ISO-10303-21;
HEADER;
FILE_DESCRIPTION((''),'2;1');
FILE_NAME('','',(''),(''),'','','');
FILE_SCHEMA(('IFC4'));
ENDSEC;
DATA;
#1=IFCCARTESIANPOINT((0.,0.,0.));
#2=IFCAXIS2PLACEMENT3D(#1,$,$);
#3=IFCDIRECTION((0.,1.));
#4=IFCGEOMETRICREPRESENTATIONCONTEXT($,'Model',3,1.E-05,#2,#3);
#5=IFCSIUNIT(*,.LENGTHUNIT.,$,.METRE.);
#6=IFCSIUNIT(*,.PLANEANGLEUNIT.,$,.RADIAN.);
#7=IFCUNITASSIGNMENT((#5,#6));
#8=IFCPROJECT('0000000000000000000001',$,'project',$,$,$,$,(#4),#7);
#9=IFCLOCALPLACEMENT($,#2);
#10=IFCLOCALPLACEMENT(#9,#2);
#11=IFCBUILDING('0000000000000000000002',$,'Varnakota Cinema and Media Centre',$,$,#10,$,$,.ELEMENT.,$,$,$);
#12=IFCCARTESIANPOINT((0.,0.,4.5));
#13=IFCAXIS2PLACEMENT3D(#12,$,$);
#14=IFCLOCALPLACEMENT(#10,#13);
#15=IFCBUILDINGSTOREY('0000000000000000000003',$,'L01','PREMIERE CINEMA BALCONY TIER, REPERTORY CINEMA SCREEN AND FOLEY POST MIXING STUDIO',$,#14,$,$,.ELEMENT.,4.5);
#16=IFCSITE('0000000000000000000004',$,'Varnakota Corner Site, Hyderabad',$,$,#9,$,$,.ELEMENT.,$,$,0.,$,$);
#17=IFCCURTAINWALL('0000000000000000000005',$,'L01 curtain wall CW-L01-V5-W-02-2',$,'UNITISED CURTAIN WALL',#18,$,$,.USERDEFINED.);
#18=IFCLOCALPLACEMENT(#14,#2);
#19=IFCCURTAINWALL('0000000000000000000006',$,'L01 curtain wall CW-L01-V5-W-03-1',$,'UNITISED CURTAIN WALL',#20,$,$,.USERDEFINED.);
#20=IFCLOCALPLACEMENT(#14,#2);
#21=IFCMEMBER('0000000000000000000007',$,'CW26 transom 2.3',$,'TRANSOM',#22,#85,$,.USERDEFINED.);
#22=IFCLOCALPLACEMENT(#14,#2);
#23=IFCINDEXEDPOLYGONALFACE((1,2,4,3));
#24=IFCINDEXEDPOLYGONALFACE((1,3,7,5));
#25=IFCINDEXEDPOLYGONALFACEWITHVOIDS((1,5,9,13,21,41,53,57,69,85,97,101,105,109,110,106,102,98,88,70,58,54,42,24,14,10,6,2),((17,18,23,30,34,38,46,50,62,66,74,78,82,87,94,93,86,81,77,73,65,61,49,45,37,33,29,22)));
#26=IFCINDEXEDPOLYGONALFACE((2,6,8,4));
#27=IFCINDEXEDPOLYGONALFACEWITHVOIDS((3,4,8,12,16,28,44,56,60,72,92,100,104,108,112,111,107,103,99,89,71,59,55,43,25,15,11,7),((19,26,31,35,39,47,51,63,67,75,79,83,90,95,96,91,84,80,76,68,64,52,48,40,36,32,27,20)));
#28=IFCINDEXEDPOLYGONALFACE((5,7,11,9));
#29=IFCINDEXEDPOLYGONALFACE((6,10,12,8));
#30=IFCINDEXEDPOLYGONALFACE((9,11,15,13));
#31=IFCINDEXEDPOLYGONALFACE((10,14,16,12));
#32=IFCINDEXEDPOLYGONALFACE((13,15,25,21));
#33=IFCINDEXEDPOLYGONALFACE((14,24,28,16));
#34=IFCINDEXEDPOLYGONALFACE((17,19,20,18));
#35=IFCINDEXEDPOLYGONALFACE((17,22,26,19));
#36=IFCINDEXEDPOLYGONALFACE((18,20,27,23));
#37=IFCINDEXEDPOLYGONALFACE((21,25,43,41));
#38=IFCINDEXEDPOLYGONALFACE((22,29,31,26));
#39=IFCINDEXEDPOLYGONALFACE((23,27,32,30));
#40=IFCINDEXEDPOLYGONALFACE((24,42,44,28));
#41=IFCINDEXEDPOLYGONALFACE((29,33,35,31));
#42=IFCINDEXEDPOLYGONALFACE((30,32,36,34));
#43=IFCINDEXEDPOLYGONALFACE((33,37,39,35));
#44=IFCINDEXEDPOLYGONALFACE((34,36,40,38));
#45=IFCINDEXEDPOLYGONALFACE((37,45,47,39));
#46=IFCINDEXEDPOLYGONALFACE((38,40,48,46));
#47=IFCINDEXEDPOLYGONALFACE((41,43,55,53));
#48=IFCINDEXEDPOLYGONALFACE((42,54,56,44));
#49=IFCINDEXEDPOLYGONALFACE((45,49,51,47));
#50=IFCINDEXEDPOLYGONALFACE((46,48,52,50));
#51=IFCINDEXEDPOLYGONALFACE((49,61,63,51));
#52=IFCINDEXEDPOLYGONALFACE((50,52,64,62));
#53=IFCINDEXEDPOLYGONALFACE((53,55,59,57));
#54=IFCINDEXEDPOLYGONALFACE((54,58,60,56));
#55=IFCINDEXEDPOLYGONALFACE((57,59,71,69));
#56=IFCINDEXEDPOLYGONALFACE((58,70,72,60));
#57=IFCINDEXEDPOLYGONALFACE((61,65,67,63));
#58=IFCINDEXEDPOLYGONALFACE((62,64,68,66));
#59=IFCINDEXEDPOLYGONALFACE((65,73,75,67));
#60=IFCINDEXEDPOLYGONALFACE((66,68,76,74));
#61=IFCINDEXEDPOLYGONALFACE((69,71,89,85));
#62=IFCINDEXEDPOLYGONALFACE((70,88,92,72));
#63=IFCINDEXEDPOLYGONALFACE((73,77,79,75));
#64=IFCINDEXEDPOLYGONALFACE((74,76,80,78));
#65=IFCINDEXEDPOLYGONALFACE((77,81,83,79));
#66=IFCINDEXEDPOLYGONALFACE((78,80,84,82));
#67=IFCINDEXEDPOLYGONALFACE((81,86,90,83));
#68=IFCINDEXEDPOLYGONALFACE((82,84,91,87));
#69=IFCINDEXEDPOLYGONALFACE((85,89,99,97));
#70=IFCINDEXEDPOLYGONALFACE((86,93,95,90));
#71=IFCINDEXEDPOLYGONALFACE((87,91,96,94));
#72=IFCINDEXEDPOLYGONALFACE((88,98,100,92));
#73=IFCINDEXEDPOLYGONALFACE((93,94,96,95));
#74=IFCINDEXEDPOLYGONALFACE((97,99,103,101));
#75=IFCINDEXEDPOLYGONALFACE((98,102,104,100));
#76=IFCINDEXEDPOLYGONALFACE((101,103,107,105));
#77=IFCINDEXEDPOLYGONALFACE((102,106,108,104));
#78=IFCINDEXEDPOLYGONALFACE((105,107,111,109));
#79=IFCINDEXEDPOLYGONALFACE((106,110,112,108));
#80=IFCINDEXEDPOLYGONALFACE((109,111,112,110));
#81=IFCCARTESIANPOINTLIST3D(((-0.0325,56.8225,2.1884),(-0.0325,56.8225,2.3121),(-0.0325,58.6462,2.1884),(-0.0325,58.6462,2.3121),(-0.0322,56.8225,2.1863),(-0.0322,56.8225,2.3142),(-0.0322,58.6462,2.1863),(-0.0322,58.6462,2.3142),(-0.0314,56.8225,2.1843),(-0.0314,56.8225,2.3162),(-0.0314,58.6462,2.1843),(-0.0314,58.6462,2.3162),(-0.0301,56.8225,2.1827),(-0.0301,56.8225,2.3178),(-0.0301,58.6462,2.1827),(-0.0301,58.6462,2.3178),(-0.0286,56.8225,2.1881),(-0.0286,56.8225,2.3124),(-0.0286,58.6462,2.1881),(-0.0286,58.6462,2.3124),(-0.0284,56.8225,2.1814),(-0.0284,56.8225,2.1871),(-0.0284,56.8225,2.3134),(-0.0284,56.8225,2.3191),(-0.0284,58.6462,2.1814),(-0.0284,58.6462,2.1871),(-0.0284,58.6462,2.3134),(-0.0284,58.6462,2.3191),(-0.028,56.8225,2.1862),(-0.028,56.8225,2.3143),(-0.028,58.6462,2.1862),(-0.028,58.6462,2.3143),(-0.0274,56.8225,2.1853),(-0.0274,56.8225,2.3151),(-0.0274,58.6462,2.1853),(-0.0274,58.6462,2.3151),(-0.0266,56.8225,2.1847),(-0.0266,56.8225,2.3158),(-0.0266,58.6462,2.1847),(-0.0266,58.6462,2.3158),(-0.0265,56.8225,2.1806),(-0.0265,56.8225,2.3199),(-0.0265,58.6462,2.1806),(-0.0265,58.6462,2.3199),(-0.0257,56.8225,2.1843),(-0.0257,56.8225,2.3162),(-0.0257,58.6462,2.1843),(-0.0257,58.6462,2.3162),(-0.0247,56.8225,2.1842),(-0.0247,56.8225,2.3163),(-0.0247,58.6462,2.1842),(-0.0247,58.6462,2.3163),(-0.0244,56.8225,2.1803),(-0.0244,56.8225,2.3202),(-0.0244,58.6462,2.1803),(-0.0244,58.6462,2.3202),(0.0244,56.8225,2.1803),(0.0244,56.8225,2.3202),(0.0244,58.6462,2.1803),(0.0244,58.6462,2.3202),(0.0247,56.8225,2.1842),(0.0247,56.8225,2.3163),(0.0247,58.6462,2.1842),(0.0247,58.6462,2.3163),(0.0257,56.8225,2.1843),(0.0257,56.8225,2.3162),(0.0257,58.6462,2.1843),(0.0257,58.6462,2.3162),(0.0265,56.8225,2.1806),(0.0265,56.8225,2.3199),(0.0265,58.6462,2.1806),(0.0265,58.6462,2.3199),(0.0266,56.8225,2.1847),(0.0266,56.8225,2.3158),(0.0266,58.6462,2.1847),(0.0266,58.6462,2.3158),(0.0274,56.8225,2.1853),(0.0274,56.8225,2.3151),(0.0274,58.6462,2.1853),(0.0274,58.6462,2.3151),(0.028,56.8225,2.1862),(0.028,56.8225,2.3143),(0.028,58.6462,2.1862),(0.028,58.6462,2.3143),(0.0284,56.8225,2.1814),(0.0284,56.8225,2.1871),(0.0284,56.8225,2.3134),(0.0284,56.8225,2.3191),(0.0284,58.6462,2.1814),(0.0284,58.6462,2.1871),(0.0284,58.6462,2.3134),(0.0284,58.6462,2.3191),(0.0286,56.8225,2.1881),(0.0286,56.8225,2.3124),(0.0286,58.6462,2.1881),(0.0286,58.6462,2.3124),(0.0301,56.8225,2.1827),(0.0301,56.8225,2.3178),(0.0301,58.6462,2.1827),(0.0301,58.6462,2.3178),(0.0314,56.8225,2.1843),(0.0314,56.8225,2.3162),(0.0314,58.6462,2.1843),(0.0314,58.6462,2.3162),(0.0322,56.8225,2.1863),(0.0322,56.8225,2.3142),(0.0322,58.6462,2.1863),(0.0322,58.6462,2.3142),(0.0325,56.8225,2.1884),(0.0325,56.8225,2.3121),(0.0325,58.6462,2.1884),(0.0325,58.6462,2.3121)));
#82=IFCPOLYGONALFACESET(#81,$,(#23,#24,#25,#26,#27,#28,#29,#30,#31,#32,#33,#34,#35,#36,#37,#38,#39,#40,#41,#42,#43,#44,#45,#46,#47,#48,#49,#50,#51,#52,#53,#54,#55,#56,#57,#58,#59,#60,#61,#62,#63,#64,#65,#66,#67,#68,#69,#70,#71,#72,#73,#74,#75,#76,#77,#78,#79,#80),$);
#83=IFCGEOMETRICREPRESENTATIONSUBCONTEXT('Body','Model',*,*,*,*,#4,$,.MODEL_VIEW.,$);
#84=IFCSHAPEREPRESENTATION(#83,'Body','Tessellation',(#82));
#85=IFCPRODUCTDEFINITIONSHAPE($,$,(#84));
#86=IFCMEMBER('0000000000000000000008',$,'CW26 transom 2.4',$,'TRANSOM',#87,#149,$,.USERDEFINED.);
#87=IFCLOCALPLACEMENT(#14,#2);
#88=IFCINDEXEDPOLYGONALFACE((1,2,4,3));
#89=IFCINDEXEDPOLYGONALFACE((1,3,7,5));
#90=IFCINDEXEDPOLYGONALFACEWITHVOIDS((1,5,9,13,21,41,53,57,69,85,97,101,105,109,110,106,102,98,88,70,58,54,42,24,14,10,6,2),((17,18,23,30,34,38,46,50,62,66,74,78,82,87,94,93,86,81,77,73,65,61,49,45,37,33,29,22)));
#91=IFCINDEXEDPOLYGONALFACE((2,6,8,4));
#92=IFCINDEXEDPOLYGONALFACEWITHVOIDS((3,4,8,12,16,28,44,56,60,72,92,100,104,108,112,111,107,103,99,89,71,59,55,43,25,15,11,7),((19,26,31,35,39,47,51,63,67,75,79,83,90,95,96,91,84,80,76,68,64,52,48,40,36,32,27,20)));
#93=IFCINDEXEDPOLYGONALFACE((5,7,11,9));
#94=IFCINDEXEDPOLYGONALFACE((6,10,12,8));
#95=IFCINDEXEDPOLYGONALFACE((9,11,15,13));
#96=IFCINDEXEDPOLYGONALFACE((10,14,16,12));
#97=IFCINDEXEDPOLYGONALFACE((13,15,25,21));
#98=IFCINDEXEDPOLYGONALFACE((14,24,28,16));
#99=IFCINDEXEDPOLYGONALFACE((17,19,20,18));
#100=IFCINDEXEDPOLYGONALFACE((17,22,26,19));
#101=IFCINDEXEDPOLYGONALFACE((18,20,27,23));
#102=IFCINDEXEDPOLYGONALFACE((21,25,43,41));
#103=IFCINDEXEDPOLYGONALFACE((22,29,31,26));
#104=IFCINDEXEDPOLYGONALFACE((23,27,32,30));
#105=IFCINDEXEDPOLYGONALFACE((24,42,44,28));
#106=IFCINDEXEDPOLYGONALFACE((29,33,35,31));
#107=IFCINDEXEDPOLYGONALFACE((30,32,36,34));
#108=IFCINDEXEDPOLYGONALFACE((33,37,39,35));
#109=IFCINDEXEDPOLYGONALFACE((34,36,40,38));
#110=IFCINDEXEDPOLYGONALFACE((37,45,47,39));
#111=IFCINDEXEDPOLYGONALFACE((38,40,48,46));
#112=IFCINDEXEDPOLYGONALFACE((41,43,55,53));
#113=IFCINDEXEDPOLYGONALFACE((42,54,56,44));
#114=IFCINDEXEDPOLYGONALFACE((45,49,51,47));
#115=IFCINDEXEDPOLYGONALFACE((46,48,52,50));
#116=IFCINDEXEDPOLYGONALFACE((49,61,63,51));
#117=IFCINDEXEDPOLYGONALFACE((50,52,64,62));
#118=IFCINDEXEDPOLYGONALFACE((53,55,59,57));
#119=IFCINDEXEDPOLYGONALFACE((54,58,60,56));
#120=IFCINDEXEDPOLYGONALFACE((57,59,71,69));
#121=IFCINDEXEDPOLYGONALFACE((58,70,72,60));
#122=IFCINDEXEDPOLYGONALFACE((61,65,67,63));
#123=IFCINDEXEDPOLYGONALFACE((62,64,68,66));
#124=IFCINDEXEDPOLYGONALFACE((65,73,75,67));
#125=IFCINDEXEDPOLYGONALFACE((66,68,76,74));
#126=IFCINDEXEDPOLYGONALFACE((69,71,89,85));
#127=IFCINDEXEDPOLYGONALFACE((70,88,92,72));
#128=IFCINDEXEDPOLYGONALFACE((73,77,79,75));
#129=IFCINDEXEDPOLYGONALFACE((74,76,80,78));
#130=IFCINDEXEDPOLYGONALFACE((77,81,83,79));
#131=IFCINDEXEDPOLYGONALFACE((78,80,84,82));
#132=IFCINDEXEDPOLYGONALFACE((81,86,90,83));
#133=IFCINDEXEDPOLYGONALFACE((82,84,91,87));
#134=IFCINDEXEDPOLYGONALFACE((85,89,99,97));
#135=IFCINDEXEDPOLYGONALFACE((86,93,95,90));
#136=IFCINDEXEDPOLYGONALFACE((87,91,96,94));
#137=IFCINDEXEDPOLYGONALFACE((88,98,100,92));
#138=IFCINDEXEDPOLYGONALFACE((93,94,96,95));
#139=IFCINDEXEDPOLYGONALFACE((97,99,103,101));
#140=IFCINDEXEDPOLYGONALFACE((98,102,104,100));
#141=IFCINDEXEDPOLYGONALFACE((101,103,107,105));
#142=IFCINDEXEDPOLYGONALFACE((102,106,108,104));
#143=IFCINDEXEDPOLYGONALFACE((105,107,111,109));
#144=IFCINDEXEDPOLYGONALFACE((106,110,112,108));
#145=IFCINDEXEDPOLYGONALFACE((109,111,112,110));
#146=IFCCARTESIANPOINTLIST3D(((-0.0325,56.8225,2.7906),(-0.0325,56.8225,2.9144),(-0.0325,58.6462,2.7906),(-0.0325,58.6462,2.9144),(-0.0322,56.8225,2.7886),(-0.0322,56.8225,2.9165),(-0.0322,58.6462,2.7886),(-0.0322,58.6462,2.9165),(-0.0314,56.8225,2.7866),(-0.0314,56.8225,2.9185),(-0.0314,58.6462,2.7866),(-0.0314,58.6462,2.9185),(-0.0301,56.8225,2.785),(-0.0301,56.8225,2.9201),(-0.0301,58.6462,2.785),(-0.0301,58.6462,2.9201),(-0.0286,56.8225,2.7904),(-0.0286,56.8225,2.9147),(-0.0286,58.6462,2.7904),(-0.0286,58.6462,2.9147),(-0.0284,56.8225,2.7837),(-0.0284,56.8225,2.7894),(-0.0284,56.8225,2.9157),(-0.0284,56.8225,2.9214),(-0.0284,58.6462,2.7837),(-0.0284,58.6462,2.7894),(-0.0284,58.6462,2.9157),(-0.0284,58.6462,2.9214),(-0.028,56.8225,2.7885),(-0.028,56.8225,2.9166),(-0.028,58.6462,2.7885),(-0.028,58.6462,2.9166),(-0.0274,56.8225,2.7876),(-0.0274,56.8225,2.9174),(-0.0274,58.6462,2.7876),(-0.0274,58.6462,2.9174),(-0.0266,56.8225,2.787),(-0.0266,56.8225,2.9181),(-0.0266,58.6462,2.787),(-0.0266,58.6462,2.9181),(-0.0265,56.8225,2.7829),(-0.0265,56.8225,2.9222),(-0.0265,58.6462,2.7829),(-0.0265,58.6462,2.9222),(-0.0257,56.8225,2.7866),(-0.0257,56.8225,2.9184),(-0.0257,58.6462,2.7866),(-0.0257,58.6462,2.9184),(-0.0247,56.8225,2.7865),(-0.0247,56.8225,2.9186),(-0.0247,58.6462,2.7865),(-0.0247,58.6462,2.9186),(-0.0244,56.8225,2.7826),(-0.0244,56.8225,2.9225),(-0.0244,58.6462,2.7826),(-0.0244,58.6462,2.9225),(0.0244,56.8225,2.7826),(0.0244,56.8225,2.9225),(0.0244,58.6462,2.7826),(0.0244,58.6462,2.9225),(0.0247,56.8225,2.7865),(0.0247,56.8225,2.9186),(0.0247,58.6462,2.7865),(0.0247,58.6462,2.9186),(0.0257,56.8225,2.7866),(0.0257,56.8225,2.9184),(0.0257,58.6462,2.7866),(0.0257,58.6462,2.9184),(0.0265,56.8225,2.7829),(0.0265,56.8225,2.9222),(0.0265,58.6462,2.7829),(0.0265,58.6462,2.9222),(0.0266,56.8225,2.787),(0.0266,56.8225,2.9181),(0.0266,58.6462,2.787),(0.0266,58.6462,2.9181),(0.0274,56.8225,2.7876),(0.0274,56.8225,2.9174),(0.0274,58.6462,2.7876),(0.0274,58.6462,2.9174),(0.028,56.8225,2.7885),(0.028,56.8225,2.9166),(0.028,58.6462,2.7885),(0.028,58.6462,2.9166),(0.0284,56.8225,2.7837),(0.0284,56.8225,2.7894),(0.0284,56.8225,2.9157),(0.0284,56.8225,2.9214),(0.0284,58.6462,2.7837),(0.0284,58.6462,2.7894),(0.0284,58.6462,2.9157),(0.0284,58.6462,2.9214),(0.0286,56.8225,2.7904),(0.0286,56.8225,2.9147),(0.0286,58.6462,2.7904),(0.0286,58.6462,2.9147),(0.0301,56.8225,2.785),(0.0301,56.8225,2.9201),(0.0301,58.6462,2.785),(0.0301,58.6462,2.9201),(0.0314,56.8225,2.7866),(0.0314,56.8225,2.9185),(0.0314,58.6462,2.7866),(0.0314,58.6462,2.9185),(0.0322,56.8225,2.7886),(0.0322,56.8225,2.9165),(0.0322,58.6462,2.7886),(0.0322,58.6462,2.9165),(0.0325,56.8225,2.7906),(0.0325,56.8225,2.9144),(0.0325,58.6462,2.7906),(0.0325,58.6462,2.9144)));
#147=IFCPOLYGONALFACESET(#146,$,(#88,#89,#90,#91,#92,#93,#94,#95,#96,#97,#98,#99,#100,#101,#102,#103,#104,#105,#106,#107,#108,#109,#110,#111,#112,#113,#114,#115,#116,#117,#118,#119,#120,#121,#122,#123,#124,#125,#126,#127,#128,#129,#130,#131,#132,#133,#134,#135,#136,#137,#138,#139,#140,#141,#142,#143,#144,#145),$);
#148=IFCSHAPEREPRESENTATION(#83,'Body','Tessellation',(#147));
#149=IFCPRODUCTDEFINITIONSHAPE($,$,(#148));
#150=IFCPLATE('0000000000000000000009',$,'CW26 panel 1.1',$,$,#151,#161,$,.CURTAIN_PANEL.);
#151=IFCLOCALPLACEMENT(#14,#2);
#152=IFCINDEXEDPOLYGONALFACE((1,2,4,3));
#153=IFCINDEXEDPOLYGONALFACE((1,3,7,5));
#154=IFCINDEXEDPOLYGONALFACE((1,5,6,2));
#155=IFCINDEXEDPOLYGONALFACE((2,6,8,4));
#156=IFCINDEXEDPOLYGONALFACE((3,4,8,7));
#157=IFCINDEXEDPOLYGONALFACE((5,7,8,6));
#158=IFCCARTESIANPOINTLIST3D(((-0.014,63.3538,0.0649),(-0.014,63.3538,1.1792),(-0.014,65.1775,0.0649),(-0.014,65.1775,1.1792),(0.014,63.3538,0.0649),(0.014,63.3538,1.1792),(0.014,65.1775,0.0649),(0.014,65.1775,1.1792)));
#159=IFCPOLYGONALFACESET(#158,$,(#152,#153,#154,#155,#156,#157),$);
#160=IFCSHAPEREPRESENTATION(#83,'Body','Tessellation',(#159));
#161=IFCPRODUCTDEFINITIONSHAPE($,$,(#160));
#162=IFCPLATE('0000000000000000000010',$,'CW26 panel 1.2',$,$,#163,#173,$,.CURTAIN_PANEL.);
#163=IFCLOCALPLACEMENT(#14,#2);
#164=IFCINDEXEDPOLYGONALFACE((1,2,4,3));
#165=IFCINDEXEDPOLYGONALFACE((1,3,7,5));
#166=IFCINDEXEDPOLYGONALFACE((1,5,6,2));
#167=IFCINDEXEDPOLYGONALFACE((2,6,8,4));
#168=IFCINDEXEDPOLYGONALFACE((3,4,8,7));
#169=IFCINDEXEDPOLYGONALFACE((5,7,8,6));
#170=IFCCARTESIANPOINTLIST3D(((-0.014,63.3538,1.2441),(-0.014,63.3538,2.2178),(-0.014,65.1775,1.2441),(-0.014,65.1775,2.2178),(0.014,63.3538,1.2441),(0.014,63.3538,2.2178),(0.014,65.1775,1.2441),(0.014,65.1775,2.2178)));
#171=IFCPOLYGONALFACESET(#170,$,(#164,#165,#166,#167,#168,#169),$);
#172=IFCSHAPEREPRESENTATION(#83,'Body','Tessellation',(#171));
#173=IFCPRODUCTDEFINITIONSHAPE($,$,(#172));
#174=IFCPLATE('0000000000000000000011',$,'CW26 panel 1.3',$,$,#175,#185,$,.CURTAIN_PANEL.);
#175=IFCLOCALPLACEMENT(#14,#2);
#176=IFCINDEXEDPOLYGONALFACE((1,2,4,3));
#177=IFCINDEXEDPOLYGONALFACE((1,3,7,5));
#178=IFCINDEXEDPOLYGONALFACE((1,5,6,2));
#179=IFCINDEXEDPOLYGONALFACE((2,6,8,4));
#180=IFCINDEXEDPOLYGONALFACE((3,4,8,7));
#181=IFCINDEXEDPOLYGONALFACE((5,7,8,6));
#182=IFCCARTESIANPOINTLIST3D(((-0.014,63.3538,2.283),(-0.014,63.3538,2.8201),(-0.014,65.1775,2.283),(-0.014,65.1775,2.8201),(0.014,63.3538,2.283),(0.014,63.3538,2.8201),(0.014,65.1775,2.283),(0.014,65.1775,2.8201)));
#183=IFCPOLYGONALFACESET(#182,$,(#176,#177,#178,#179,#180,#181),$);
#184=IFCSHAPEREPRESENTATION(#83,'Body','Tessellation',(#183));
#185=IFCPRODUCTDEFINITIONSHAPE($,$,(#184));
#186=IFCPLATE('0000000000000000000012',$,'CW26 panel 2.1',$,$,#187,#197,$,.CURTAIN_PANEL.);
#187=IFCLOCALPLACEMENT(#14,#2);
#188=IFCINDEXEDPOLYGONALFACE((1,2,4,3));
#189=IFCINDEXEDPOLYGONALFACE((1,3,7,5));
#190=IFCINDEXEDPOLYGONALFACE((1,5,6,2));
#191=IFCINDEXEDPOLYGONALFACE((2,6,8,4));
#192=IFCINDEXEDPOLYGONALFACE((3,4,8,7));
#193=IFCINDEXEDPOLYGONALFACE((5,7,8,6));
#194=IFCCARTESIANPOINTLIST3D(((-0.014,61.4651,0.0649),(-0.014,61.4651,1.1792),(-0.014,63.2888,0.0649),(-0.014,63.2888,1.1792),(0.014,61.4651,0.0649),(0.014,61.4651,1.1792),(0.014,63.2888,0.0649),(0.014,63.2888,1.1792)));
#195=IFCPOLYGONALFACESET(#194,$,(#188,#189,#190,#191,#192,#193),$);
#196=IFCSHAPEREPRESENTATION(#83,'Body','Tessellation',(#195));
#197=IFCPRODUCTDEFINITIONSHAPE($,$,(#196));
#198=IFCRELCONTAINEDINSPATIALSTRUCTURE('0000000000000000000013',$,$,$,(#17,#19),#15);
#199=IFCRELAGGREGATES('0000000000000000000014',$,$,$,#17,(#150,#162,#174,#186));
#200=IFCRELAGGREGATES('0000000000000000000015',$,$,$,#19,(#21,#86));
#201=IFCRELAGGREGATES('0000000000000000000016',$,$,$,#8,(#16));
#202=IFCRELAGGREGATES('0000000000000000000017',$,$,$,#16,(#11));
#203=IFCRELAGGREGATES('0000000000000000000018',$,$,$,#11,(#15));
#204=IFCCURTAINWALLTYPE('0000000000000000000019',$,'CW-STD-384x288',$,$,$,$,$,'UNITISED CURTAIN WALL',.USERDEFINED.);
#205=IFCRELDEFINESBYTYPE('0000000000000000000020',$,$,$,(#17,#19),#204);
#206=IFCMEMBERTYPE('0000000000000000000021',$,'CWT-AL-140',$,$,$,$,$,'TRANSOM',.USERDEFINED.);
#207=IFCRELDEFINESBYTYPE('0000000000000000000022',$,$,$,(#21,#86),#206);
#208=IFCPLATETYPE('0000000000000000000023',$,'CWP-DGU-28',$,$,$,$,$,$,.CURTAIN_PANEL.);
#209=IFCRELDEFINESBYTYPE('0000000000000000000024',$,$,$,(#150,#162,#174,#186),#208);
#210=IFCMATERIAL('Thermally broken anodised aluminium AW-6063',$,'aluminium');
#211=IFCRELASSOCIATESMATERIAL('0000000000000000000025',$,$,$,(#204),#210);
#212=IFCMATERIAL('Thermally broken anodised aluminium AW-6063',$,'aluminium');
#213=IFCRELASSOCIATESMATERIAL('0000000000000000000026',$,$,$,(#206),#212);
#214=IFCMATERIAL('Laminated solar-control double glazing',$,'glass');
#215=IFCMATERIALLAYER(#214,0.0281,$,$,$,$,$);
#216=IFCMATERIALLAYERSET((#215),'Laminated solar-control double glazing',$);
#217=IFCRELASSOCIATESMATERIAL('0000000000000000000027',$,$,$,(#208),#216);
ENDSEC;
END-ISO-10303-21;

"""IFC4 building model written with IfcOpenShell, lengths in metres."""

from ifc_helpers import new_model, si_unit, direction, frame, origin, origin_2d, place, context, subcontext, project, spatial, rectangle, hollow_rectangle, extrude, material, layer, layer_set, material_profile, profile_set, type_object, element, aggregate, save


model = new_model("IFC4")

# Units and contexts
model_context = context("Model", 3, precision=1e-05, world=origin(), true_north=direction((0.0, 1.0)))
body_context = subcontext(model_context, "Body", "Model", "MODEL_VIEW")
ifc_project = project(units=[si_unit("LENGTHUNIT", "METRE"), si_unit("PLANEANGLEUNIT", "RADIAN")], contexts=[model_context])

# Site, building, storey
site_placement = place(None, origin())
site = spatial("IfcSite", under=ifc_project, at=site_placement, Name="Varnakota Corner Site, Hyderabad", CompositionType="ELEMENT", RefElevation=0.0)
building_placement = place(site_placement, origin())
building = spatial("IfcBuilding", under=site, at=building_placement, Name="Varnakota Cinema and Media Centre", CompositionType="ELEMENT")
storey_placement = place(building_placement, frame((0.0, 0.0, 4.5)))
storey = spatial("IfcBuildingStorey", under=building, at=storey_placement, Name="L01", Description="PREMIERE CINEMA BALCONY TIER, REPERTORY CINEMA SCREEN AND FOLEY POST MIXING STUDIO", CompositionType="ELEMENT", Elevation=4.5)

# Curtain walls
ifc_material_1 = material(Name="Thermally broken anodised aluminium AW-6063", Category="aluminium")
curtain_wall_type = type_object("IfcCurtainWallType", Name="CW-STD-384x288", ElementType="UNITISED CURTAIN WALL", PredefinedType="USERDEFINED", material=ifc_material_1)
curtain_wall_1_placement = place(storey_placement, origin())
curtain_wall_1 = element("IfcCurtainWall", 1, at=curtain_wall_1_placement, inside=storey, type_object=curtain_wall_type, Name="L01 curtain wall CW-L01-V5-W-02-2", ObjectType="UNITISED CURTAIN WALL", PredefinedType="USERDEFINED")
curtain_wall_2_placement = place(storey_placement, origin())
curtain_wall_2 = element("IfcCurtainWall", 2, at=curtain_wall_2_placement, inside=storey, type_object=curtain_wall_type, Name="L01 curtain wall CW-L01-V5-W-03-1", ObjectType="UNITISED CURTAIN WALL", PredefinedType="USERDEFINED")

# Members
ifc_material_2 = material(Name="Thermally broken anodised aluminium AW-6063", Category="aluminium")
ifc_material_profile_1 = material_profile(ifc_material_2, hollow_rectangle(XDim=0.0649, YDim=0.1399, WallThickness=0.0039, InnerFilletRadius=0.0039, OuterFilletRadius=0.0081, at=origin_2d()), Name="AL-TRANSOM 140x65x4")
ifc_profile_set_1 = profile_set([ifc_material_profile_1], Name="Thermally broken anodised aluminium AW-6063")
member_type_1 = type_object("IfcMemberType", Name="CWT-AL-140", ElementType="TRANSOM", PredefinedType="USERDEFINED", material=ifc_profile_set_1)
member_1_placement = place(storey_placement, frame((0.0, 58.6462, 2.2502), z_axis=(0.0, -1.0, 0.0), x_axis=(1.0, 0.0, 0.0)))
member_1 = element("IfcMember", 3, at=member_1_placement, type_object=member_type_1, Name="CW26 transom 2.3", ObjectType="TRANSOM", PredefinedType="USERDEFINED", context=body_context, shape_type="SweptSolid", body=[
    extrude(hollow_rectangle(XDim=0.0649, YDim=0.1399, WallThickness=0.0039, InnerFilletRadius=0.0039, OuterFilletRadius=0.0081, at=origin_2d()), origin(), (0.0, 0.0, 1.0), 1.8237),
])
member_2_placement = place(storey_placement, frame((0.0, 58.6462, 2.8525), z_axis=(0.0, -1.0, 0.0), x_axis=(1.0, 0.0, 0.0)))
member_2 = element("IfcMember", 4, at=member_2_placement, type_object=member_type_1, Name="CW26 transom 2.4", ObjectType="TRANSOM", PredefinedType="USERDEFINED", context=body_context, shape_type="SweptSolid", body=[
    extrude(hollow_rectangle(XDim=0.0649, YDim=0.1399, WallThickness=0.0039, InnerFilletRadius=0.0039, OuterFilletRadius=0.0081, at=origin_2d()), origin(), (0.0, 0.0, 1.0), 1.8237),
])

# Plates
ifc_material_3 = material(Name="Laminated solar-control double glazing", Category="glass")
ifc_layer = layer(ifc_material_3, 0.0281)
ifc_layer_set = layer_set([ifc_layer], Name="Laminated solar-control double glazing")
plate_type = type_object("IfcPlateType", Name="CWP-DGU-28", PredefinedType="CURTAIN_PANEL", material=ifc_layer_set)
plate_1_placement = place(storey_placement, frame((0.0, 64.2656, 0.0649), z_axis=(0.0, 0.0, 1.0), x_axis=(0.0, -1.0, 0.0)))
plate_1 = element("IfcPlate", 5, at=plate_1_placement, type_object=plate_type, Name="CW26 panel 1.1", PredefinedType="CURTAIN_PANEL", context=body_context, shape_type="SweptSolid", body=[
    extrude(rectangle(XDim=1.8237, YDim=0.0281, at=origin_2d()), origin(), (0.0, 0.0, 1.0), 1.1143),
])
plate_2_placement = place(storey_placement, frame((0.0, 64.2656, 1.2441), z_axis=(0.0, 0.0, 1.0), x_axis=(0.0, -1.0, 0.0)))
plate_2 = element("IfcPlate", 6, at=plate_2_placement, type_object=plate_type, Name="CW26 panel 1.2", PredefinedType="CURTAIN_PANEL", context=body_context, shape_type="SweptSolid", body=[
    extrude(rectangle(XDim=1.8237, YDim=0.0281, at=origin_2d()), origin(), (0.0, 0.0, 1.0), 0.9736),
])
plate_3_placement = place(storey_placement, frame((0.0, 64.2656, 2.283), z_axis=(0.0, 0.0, 1.0), x_axis=(0.0, -1.0, 0.0)))
plate_3 = element("IfcPlate", 7, at=plate_3_placement, type_object=plate_type, Name="CW26 panel 1.3", PredefinedType="CURTAIN_PANEL", context=body_context, shape_type="SweptSolid", body=[
    extrude(rectangle(XDim=1.8237, YDim=0.0281, at=origin_2d()), origin(), (0.0, 0.0, 1.0), 0.5371),
])
plate_4_placement = place(storey_placement, frame((0.0, 62.377, 0.0649), z_axis=(0.0, 0.0, 1.0), x_axis=(0.0, -1.0, 0.0)))
plate_4 = element("IfcPlate", 8, at=plate_4_placement, type_object=plate_type, Name="CW26 panel 2.1", PredefinedType="CURTAIN_PANEL", context=body_context, shape_type="SweptSolid", body=[
    extrude(rectangle(XDim=1.8237, YDim=0.0281, at=origin_2d()), origin(), (0.0, 0.0, 1.0), 1.1143),
])
aggregate(curtain_wall_1, [plate_1, plate_2, plate_3, plate_4])
aggregate(curtain_wall_2, [member_1, member_2])

save(model, "model.ifc")
